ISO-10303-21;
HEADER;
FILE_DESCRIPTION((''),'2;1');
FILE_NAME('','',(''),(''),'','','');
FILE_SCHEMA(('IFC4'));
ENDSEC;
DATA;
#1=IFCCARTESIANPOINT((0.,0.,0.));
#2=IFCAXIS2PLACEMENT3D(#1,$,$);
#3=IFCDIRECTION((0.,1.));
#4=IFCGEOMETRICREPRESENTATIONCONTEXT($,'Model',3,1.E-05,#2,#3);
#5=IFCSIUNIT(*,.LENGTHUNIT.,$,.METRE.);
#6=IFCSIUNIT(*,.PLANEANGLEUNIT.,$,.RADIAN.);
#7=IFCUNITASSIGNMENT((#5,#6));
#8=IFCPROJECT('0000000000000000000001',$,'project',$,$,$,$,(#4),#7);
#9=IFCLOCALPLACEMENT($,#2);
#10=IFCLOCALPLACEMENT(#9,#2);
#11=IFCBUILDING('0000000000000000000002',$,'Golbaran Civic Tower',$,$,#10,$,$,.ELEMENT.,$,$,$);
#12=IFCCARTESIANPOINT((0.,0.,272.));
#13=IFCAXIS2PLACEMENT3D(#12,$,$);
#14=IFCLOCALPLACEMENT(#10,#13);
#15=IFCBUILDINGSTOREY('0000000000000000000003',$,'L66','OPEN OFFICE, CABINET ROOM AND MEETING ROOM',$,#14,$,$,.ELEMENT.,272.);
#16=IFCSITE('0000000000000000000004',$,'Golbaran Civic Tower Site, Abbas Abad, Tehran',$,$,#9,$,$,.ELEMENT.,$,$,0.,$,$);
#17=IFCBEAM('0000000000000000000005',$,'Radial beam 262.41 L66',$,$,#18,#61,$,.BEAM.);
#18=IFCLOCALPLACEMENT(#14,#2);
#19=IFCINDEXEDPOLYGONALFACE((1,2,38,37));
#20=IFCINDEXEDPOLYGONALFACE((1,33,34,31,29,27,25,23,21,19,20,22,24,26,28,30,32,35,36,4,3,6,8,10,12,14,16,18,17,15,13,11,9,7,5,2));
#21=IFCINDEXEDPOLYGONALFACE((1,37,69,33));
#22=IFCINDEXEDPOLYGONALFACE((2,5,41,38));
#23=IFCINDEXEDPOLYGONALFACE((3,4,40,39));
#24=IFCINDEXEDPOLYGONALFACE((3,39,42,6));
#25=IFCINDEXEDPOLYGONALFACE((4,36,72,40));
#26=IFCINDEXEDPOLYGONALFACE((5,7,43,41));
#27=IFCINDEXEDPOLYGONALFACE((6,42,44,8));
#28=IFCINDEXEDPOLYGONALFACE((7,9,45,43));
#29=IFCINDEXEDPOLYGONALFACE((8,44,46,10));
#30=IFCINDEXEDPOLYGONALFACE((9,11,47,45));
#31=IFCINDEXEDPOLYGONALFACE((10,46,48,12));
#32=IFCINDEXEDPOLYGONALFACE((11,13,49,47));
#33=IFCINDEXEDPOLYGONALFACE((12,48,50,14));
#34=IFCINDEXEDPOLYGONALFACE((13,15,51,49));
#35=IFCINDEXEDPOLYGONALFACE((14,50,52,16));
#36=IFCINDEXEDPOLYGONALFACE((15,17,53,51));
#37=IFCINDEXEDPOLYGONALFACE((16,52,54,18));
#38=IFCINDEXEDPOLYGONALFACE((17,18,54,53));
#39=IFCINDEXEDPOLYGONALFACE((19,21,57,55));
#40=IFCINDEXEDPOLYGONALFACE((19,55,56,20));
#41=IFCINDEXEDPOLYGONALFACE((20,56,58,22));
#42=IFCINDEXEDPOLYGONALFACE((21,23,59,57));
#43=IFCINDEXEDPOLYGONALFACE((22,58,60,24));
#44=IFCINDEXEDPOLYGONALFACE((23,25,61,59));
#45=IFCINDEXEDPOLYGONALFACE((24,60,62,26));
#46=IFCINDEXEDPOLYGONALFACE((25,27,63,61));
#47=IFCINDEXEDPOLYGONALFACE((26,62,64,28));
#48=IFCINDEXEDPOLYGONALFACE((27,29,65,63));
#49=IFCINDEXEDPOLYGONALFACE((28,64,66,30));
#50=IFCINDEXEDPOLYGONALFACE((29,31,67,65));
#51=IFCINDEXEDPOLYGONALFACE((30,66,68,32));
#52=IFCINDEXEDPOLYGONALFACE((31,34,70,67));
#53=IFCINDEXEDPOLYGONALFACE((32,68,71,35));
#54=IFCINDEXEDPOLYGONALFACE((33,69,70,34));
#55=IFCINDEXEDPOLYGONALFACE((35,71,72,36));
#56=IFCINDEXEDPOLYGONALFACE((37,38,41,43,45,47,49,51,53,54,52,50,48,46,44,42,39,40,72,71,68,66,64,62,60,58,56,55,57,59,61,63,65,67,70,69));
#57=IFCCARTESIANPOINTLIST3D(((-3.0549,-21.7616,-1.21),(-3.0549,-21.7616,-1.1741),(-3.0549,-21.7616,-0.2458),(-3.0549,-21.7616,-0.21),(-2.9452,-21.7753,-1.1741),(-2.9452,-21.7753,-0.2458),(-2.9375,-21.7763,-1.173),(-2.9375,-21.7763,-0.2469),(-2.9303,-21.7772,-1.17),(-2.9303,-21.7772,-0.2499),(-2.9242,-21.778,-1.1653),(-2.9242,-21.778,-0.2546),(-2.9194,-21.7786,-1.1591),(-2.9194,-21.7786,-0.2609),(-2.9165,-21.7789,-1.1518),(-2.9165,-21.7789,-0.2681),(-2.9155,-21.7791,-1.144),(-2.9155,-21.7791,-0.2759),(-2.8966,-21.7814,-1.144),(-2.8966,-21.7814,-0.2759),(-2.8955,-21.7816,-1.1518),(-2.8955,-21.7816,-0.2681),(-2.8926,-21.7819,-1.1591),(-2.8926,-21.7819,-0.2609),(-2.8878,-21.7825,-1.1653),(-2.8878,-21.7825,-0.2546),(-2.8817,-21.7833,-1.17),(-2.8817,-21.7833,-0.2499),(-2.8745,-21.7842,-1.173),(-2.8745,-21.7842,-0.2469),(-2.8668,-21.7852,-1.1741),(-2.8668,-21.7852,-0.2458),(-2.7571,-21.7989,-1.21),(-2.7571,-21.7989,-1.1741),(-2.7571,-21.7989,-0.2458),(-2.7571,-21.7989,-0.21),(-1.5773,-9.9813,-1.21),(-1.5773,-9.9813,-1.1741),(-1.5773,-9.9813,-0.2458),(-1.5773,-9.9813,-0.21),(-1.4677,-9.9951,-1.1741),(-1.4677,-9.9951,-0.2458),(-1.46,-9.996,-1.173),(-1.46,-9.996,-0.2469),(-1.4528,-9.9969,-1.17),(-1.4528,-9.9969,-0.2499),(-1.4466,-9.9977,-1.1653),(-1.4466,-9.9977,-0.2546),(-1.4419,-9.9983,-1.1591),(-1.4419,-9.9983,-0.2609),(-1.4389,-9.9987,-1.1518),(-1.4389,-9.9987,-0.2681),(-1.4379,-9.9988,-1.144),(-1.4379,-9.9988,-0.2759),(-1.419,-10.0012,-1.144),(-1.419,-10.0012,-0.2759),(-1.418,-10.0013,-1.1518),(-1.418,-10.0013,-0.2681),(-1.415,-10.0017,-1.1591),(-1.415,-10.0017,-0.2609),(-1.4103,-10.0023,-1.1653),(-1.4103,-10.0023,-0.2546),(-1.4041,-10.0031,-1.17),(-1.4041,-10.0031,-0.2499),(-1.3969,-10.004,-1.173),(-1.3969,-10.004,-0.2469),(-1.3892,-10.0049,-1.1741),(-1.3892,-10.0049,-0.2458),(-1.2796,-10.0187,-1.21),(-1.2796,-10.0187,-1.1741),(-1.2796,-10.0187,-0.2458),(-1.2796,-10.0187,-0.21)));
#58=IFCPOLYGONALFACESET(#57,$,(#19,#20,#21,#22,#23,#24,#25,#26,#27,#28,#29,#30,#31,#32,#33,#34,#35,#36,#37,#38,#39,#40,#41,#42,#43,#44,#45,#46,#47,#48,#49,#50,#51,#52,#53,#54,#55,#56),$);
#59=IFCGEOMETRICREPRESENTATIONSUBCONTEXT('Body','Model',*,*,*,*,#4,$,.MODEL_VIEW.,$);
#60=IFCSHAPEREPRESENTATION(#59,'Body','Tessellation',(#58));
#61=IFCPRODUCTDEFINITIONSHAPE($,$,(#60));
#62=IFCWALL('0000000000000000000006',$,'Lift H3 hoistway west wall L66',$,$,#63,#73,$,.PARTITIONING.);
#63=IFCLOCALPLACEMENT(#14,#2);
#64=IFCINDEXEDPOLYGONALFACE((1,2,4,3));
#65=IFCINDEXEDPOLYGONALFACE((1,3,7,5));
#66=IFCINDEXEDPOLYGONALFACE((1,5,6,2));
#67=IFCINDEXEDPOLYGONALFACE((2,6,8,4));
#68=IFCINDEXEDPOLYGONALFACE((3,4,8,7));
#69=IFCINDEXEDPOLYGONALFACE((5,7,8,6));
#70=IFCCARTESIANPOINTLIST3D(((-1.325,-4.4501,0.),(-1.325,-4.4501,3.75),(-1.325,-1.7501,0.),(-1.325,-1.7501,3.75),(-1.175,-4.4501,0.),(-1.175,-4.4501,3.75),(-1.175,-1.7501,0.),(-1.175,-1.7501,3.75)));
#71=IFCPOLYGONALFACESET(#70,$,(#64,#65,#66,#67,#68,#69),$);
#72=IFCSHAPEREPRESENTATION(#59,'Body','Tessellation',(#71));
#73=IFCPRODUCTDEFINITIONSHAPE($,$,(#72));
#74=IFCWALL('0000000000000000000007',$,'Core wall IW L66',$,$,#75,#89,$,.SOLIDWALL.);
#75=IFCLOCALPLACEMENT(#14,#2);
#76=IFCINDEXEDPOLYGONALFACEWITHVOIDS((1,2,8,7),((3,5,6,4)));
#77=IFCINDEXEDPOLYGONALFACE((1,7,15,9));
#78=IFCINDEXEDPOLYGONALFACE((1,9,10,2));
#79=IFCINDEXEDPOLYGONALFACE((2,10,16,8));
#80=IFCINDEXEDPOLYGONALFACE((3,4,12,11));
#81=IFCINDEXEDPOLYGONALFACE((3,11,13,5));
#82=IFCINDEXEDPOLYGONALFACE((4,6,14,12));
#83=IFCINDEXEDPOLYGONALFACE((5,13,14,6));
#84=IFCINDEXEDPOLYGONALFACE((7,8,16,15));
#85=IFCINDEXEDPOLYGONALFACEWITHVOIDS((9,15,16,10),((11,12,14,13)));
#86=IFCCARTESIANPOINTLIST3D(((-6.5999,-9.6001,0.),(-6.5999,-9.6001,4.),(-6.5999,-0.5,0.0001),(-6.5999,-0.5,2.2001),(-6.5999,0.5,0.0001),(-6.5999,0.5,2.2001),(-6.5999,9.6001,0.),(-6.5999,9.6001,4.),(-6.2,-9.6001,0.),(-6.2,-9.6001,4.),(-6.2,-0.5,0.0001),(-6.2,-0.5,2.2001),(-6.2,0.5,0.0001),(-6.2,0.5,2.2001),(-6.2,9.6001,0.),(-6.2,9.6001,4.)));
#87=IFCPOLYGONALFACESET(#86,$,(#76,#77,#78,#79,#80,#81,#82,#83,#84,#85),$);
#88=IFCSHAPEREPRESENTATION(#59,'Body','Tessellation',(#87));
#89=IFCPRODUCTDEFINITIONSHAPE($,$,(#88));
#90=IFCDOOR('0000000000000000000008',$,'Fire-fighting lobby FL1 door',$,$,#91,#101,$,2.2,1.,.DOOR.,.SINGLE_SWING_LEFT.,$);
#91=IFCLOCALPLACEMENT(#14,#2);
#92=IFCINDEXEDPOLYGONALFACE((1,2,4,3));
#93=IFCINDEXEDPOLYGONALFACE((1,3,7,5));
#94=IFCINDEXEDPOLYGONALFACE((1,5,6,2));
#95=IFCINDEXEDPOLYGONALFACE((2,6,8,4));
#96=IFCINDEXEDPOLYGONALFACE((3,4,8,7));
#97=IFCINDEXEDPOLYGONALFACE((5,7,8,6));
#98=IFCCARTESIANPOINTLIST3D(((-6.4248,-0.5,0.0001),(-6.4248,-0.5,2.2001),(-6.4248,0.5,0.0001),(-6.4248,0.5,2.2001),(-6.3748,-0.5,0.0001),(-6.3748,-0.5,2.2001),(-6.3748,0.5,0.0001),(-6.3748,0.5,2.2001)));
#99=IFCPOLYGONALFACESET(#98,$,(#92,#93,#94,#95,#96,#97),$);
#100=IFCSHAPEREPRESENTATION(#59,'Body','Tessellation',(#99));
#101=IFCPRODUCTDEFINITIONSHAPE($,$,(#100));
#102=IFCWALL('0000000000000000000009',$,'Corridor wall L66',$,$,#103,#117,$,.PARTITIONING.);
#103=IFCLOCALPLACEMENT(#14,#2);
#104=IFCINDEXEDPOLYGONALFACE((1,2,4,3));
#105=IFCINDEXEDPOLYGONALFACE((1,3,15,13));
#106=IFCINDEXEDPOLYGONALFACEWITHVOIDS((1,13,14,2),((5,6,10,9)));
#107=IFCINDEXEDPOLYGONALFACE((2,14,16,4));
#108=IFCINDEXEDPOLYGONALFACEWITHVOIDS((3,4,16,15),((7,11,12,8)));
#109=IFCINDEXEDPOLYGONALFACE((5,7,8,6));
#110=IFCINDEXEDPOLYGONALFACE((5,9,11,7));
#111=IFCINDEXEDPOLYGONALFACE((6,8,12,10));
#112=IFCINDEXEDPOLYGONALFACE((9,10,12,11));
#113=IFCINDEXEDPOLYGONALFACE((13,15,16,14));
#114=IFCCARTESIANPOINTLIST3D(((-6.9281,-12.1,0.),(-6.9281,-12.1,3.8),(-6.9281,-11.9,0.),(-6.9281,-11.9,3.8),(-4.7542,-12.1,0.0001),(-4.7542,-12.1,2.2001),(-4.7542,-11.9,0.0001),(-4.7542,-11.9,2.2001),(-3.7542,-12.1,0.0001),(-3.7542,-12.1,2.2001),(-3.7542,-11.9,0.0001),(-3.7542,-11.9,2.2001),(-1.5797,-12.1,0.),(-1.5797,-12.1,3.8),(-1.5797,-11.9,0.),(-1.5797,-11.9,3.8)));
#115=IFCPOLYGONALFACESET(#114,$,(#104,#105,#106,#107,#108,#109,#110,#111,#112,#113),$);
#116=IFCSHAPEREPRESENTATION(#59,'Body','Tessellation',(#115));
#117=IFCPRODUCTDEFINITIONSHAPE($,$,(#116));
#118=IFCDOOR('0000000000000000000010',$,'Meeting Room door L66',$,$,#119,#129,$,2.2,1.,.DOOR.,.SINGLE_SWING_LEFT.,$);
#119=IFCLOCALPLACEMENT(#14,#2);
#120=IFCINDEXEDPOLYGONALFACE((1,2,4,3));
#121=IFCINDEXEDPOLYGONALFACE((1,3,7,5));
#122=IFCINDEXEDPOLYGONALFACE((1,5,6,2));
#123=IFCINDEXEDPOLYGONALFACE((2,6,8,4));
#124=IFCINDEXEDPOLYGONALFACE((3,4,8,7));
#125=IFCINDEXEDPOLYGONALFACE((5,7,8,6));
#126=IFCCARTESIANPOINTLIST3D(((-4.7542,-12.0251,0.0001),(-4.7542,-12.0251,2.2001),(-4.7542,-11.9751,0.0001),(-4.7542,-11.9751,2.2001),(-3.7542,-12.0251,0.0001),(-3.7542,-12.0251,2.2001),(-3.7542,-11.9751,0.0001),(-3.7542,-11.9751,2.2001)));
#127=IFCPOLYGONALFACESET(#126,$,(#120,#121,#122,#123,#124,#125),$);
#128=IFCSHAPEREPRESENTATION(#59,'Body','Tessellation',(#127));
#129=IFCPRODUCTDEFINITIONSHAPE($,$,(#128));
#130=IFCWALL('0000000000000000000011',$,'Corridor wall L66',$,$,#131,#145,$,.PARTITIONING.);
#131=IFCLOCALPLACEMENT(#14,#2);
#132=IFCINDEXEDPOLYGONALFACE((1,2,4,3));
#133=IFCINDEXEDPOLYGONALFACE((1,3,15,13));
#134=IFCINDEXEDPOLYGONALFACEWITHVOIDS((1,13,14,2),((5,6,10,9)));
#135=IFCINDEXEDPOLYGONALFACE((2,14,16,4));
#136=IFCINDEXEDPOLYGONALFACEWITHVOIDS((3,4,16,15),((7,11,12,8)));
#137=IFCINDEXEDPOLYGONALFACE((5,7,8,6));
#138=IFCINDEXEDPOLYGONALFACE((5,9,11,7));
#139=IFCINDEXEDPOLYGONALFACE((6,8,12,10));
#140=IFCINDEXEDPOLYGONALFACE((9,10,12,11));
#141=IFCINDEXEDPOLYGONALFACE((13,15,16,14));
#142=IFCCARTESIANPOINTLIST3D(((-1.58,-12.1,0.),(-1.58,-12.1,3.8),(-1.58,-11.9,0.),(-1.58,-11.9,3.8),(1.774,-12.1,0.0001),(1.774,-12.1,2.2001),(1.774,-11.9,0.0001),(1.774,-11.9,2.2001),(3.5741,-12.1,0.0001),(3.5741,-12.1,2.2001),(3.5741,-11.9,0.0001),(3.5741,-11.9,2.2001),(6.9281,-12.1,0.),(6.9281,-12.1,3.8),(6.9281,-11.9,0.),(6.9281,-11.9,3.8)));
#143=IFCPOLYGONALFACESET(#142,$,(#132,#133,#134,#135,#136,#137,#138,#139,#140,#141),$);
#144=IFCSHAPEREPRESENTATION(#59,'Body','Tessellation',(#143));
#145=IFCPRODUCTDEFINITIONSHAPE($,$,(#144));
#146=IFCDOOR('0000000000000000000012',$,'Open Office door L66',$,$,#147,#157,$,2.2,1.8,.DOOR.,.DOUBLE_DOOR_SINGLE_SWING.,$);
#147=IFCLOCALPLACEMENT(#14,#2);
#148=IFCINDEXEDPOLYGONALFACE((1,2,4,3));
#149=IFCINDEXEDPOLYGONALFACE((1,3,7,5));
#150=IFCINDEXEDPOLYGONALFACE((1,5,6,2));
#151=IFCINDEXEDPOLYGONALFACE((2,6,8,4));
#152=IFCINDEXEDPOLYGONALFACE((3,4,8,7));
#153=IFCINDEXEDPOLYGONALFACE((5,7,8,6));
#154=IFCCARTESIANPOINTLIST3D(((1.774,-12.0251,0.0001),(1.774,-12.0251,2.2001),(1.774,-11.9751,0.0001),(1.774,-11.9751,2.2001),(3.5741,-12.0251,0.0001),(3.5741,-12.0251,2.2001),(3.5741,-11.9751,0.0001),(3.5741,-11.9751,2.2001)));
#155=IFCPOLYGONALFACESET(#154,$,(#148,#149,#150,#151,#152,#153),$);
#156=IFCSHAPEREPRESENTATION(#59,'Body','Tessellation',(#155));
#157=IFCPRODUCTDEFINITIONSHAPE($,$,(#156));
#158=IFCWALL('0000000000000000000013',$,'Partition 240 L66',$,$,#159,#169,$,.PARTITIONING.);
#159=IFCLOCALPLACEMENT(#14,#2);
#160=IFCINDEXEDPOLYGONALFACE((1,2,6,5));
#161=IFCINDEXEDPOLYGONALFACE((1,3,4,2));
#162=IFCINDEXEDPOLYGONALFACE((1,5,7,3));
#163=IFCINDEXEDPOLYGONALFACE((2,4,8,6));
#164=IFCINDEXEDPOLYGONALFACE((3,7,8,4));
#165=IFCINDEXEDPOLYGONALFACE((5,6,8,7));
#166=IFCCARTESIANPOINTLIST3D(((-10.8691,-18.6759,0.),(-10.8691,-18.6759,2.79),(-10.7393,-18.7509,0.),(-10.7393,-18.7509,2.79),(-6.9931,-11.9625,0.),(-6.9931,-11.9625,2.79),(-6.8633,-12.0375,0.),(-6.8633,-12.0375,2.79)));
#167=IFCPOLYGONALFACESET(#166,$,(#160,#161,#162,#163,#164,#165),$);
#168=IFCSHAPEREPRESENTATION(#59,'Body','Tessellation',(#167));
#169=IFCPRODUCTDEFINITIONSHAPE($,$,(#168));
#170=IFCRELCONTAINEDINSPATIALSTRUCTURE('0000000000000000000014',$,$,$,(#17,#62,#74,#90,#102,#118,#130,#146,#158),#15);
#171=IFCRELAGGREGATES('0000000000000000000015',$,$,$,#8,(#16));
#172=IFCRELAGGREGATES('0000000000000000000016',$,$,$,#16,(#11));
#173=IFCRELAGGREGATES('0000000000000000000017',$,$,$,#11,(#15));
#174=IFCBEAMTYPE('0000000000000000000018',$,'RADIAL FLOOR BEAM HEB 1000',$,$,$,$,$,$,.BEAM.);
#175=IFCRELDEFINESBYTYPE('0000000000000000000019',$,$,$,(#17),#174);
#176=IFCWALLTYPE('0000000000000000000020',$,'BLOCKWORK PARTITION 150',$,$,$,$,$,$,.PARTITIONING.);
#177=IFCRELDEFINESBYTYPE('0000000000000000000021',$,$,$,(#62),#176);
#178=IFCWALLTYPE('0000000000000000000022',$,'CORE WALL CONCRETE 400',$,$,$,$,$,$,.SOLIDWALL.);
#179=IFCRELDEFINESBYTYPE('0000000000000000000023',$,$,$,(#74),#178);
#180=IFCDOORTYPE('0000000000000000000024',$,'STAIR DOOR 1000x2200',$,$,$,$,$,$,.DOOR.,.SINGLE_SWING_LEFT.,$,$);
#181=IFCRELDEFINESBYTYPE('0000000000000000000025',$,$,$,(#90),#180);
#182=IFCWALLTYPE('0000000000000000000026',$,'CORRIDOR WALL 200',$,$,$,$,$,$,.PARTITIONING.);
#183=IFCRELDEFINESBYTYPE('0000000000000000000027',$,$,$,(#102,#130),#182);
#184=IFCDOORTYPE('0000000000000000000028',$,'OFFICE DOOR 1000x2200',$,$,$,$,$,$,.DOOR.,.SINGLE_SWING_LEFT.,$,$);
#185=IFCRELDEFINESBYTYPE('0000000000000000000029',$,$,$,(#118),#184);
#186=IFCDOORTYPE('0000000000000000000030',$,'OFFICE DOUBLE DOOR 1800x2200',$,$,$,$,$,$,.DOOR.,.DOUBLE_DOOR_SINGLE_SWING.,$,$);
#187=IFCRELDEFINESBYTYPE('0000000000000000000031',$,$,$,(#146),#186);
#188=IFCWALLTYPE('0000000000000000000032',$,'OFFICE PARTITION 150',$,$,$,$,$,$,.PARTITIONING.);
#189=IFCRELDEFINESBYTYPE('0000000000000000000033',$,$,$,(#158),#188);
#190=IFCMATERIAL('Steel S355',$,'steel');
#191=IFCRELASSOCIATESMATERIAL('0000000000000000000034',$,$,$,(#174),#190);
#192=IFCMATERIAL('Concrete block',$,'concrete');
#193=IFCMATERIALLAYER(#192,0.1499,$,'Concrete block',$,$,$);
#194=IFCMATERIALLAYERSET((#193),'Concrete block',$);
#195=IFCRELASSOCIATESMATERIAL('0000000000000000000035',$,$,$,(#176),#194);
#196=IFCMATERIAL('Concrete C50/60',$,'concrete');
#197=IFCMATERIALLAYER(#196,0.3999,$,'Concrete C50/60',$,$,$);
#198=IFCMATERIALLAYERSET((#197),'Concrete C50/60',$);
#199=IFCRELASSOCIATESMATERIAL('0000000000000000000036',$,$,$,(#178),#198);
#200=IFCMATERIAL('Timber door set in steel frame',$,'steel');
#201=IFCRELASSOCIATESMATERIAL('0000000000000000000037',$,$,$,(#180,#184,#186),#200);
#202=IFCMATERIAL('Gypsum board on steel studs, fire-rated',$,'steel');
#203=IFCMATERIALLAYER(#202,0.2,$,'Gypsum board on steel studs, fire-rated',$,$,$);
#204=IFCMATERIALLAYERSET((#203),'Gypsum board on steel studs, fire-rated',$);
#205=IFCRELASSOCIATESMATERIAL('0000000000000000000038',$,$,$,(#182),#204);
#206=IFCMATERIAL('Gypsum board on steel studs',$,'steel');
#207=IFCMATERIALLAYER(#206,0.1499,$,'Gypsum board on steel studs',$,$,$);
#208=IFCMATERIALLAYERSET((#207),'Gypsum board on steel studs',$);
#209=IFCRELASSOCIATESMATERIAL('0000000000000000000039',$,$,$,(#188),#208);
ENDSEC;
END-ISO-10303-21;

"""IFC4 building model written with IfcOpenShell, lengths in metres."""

from ifc_helpers import new_model, si_unit, direction, frame, frame_2d, origin, origin_2d, place, context, subcontext, project, spatial, rectangle, i_section, extrude, material, layer, layer_set, material_profile, profile_set, type_object, element, fill, save


model = new_model("IFC4")

# Units and contexts
model_context = context("Model", 3, precision=1e-05, world=origin(), true_north=direction((0.0, 1.0)))
body_context = subcontext(model_context, "Body", "Model", "MODEL_VIEW")
ifc_project = project(units=[si_unit("LENGTHUNIT", "METRE"), si_unit("PLANEANGLEUNIT", "RADIAN")], contexts=[model_context])

# Site, building, storey
site_placement = place(None, origin())
site = spatial("IfcSite", under=ifc_project, at=site_placement, Name="Golbaran Civic Tower Site, Abbas Abad, Tehran", CompositionType="ELEMENT", RefElevation=0.0)
building_placement = place(site_placement, origin())
building = spatial("IfcBuilding", under=site, at=building_placement, Name="Golbaran Civic Tower", CompositionType="ELEMENT")
storey_placement = place(building_placement, frame((0.0, 0.0, 272.0)))
storey = spatial("IfcBuildingStorey", under=building, at=storey_placement, Name="L66", Description="OPEN OFFICE, CABINET ROOM AND MEETING ROOM", CompositionType="ELEMENT", Elevation=272.0)

# Beam
ifc_material_1 = material(Name="Steel S355", Category="steel")
ifc_material_profile = material_profile(ifc_material_1, i_section(OverallWidth=0.3, OverallDepth=1.0, WebThickness=0.019, FlangeThickness=0.0359, FilletRadius=0.03, at=origin_2d()), Name="HEB 1000")
ifc_profile_set = profile_set([ifc_material_profile], Name="Steel S355")
beam_type = type_object("IfcBeamType", Name="RADIAL FLOOR BEAM HEB 1000", PredefinedType="BEAM", material=ifc_profile_set)
beam_1_placement = place(storey_placement, frame((-1.4285, -10.0, -0.71), z_axis=(-0.12445, -0.992226, 0.0), x_axis=(0.992226, -0.12445, 0.0)))
element("IfcBeam", 1, at=beam_1_placement, inside=storey, type_object=beam_type, Name="Radial beam 262.41 L66", PredefinedType="BEAM", context=body_context, shape_type="SweptSolid", body=[
    extrude(i_section(OverallWidth=0.3, OverallDepth=1.0, WebThickness=0.019, FlangeThickness=0.0359, FilletRadius=0.03, at=origin_2d()), origin(), (0.0, 0.0, 1.0), 11.8726),
])

# Wall
ifc_material_2 = material(Name="Concrete block", Category="concrete")
ifc_layer_1 = layer(ifc_material_2, 0.1499, Name="Concrete block")
ifc_layer_set_1 = layer_set([ifc_layer_1], Name="Concrete block")
wall_type_1 = type_object("IfcWallType", Name="BLOCKWORK PARTITION 150", PredefinedType="PARTITIONING", material=ifc_layer_set_1)
wall_1_placement = place(storey_placement, frame((-1.25, -1.75, 0.0), z_axis=(0.0, 0.0, 1.0), x_axis=(0.0, -1.0, 0.0)))
element("IfcWall", 2, at=wall_1_placement, inside=storey, type_object=wall_type_1, Name="Lift H3 hoistway west wall L66", PredefinedType="PARTITIONING", context=body_context, shape_type="SweptSolid", body=[
    extrude(rectangle(XDim=2.7, YDim=0.1499, at=frame_2d((1.3501, 0.0))), origin(), (0.0, 0.0, 1.0), 3.75),
])

# Walls, openings, doors
ifc_material_3 = material(Name="Concrete C50/60", Category="concrete")
ifc_layer_2 = layer(ifc_material_3, 0.3999, Name="Concrete C50/60")
ifc_layer_set_2 = layer_set([ifc_layer_2], Name="Concrete C50/60")
wall_type_2 = type_object("IfcWallType", Name="CORE WALL CONCRETE 400", PredefinedType="SOLIDWALL", material=ifc_layer_set_2)
wall_2_placement = place(storey_placement, frame((-6.3999, -9.6001, 0.0), z_axis=(0.0, 0.0, 1.0), x_axis=(0.0, 1.0, 0.0)))
wall_2 = element("IfcWall", 3, at=wall_2_placement, inside=storey, type_object=wall_type_2, Name="Core wall IW L66", PredefinedType="SOLIDWALL", context=body_context, shape_type="SweptSolid", body=[
    extrude(rectangle(XDim=19.2002, YDim=0.3999, at=frame_2d((9.6001, 0.0))), origin(), (0.0, 0.0, 1.0), 4.0),
])
opening_1_placement = place(wall_2_placement, frame((9.1001, 0.0, 0.0)))
opening_1 = element("IfcOpeningElement", 4, at=opening_1_placement, cuts=wall_2, PredefinedType="OPENING", context=body_context, shape_type="SweptSolid", body=[
    extrude(rectangle(XDim=1.0, YDim=2.2, at=frame_2d((0.5, 1.1001))), frame((0.0, 0.21, 0.0), z_axis=(0.0, -1.0, 0.0), x_axis=(1.0, 0.0, 0.0)), (0.0, 0.0, 1.0), 0.4199),
])
ifc_material_4 = material(Name="Timber door set in steel frame", Category="steel")
door_type_1 = type_object("IfcDoorType", Name="STAIR DOOR 1000x2200", OperationType="SINGLE_SWING_LEFT", PredefinedType="DOOR", material=ifc_material_4)
door_1_placement = place(opening_1_placement, origin())
door_1 = element("IfcDoor", 5, at=door_1_placement, inside=storey, type_object=door_type_1, Name="Fire-fighting lobby FL1 door", OperationType="SINGLE_SWING_LEFT", OverallHeight=2.2, OverallWidth=1.0, PredefinedType="DOOR", context=body_context, shape_type="SweptSolid", body=[
    extrude(rectangle(XDim=1.0, YDim=2.2, at=frame_2d((0.5, 1.1001))), frame((0.0, 0.0249, 0.0), z_axis=(0.0, -1.0, 0.0), x_axis=(1.0, 0.0, 0.0)), (0.0, 0.0, 1.0), 0.05),
])
fill(opening_1, door_1)
ifc_material_5 = material(Name="Gypsum board on steel studs, fire-rated", Category="steel")
ifc_layer_3 = layer(ifc_material_5, 0.2, Name="Gypsum board on steel studs, fire-rated")
ifc_layer_set_3 = layer_set([ifc_layer_3], Name="Gypsum board on steel studs, fire-rated")
wall_type_3 = type_object("IfcWallType", Name="CORRIDOR WALL 200", PredefinedType="PARTITIONING", material=ifc_layer_set_3)
wall_3_placement = place(storey_placement, frame((-6.9282, -12.0, 0.0), z_axis=(0.0, 0.0, 1.0), x_axis=(1.0, 0.0, 0.0)))
wall_3 = element("IfcWall", 6, at=wall_3_placement, inside=storey, type_object=wall_type_3, Name="Corridor wall L66", PredefinedType="PARTITIONING", context=body_context, shape_type="SweptSolid", body=[
    extrude(rectangle(XDim=5.3484, YDim=0.2, at=frame_2d((2.6743, 0.0))), origin(), (0.0, 0.0, 1.0), 3.8),
])
opening_2_placement = place(wall_3_placement, frame((2.1741, 0.0, 0.0)))
opening_2 = element("IfcOpeningElement", 7, at=opening_2_placement, cuts=wall_3, PredefinedType="OPENING", context=body_context, shape_type="SweptSolid", body=[
    extrude(rectangle(XDim=1.0, YDim=2.2, at=frame_2d((0.5, 1.1001))), frame((0.0, 0.1099, 0.0), z_axis=(0.0, -1.0, 0.0), x_axis=(1.0, 0.0, 0.0)), (0.0, 0.0, 1.0), 0.22),
])
door_type_2 = type_object("IfcDoorType", Name="OFFICE DOOR 1000x2200", OperationType="SINGLE_SWING_LEFT", PredefinedType="DOOR", material=ifc_material_4)
door_2_placement = place(opening_2_placement, origin())
door_2 = element("IfcDoor", 8, at=door_2_placement, inside=storey, type_object=door_type_2, Name="Meeting Room door L66", OperationType="SINGLE_SWING_LEFT", OverallHeight=2.2, OverallWidth=1.0, PredefinedType="DOOR", context=body_context, shape_type="SweptSolid", body=[
    extrude(rectangle(XDim=1.0, YDim=2.2, at=frame_2d((0.5, 1.1001))), frame((0.0, 0.0249, 0.0), z_axis=(0.0, -1.0, 0.0), x_axis=(1.0, 0.0, 0.0)), (0.0, 0.0, 1.0), 0.05),
])
fill(opening_2, door_2)
wall_4_placement = place(storey_placement, frame((-1.5798, -12.0, 0.0), z_axis=(0.0, 0.0, 1.0), x_axis=(1.0, 0.0, 0.0)))
wall_4 = element("IfcWall", 9, at=wall_4_placement, inside=storey, type_object=wall_type_3, Name="Corridor wall L66", PredefinedType="PARTITIONING", context=body_context, shape_type="SweptSolid", body=[
    extrude(rectangle(XDim=8.5081, YDim=0.2, at=frame_2d((4.2539, 0.0))), origin(), (0.0, 0.0, 1.0), 3.8),
])
opening_3_placement = place(wall_4_placement, frame((3.354, 0.0, 0.0)))
opening_3 = element("IfcOpeningElement", 10, at=opening_3_placement, cuts=wall_4, PredefinedType="OPENING", context=body_context, shape_type="SweptSolid", body=[
    extrude(rectangle(XDim=1.8, YDim=2.2, at=frame_2d((0.8999, 1.1001))), frame((0.0, 0.1099, 0.0), z_axis=(0.0, -1.0, 0.0), x_axis=(1.0, 0.0, 0.0)), (0.0, 0.0, 1.0), 0.22),
])
door_type_3 = type_object("IfcDoorType", Name="OFFICE DOUBLE DOOR 1800x2200", OperationType="DOUBLE_DOOR_SINGLE_SWING", PredefinedType="DOOR", material=ifc_material_4)
door_3_placement = place(opening_3_placement, origin())
door_3 = element("IfcDoor", 11, at=door_3_placement, inside=storey, type_object=door_type_3, Name="Open Office door L66", OperationType="DOUBLE_DOOR_SINGLE_SWING", OverallHeight=2.2, OverallWidth=1.8, PredefinedType="DOOR", context=body_context, shape_type="SweptSolid", body=[
    extrude(rectangle(XDim=1.8, YDim=2.2, at=frame_2d((0.8999, 1.1001))), frame((0.0, 0.0249, 0.0), z_axis=(0.0, -1.0, 0.0), x_axis=(1.0, 0.0, 0.0)), (0.0, 0.0, 1.0), 0.05),
])
fill(opening_3, door_3)

# Wall
ifc_material_6 = material(Name="Gypsum board on steel studs", Category="steel")
ifc_layer_4 = layer(ifc_material_6, 0.1499, Name="Gypsum board on steel studs")
ifc_layer_set_4 = layer_set([ifc_layer_4], Name="Gypsum board on steel studs")
wall_type_4 = type_object("IfcWallType", Name="OFFICE PARTITION 150", PredefinedType="PARTITIONING", material=ifc_layer_set_4)
wall_5_placement = place(storey_placement, frame((-6.9282, -12.0, 0.0), z_axis=(0.0, 0.0, 1.0), x_axis=(-0.500001, -0.866025, 0.0)))
element("IfcWall", 12, at=wall_5_placement, inside=storey, type_object=wall_type_4, Name="Partition 240 L66", PredefinedType="PARTITIONING", context=body_context, shape_type="SweptSolid", body=[
    extrude(rectangle(XDim=7.752, YDim=0.1499, at=frame_2d((3.876, 0.0))), origin(), (0.0, 0.0, 1.0), 2.79),
])

save(model, "model.ifc")
